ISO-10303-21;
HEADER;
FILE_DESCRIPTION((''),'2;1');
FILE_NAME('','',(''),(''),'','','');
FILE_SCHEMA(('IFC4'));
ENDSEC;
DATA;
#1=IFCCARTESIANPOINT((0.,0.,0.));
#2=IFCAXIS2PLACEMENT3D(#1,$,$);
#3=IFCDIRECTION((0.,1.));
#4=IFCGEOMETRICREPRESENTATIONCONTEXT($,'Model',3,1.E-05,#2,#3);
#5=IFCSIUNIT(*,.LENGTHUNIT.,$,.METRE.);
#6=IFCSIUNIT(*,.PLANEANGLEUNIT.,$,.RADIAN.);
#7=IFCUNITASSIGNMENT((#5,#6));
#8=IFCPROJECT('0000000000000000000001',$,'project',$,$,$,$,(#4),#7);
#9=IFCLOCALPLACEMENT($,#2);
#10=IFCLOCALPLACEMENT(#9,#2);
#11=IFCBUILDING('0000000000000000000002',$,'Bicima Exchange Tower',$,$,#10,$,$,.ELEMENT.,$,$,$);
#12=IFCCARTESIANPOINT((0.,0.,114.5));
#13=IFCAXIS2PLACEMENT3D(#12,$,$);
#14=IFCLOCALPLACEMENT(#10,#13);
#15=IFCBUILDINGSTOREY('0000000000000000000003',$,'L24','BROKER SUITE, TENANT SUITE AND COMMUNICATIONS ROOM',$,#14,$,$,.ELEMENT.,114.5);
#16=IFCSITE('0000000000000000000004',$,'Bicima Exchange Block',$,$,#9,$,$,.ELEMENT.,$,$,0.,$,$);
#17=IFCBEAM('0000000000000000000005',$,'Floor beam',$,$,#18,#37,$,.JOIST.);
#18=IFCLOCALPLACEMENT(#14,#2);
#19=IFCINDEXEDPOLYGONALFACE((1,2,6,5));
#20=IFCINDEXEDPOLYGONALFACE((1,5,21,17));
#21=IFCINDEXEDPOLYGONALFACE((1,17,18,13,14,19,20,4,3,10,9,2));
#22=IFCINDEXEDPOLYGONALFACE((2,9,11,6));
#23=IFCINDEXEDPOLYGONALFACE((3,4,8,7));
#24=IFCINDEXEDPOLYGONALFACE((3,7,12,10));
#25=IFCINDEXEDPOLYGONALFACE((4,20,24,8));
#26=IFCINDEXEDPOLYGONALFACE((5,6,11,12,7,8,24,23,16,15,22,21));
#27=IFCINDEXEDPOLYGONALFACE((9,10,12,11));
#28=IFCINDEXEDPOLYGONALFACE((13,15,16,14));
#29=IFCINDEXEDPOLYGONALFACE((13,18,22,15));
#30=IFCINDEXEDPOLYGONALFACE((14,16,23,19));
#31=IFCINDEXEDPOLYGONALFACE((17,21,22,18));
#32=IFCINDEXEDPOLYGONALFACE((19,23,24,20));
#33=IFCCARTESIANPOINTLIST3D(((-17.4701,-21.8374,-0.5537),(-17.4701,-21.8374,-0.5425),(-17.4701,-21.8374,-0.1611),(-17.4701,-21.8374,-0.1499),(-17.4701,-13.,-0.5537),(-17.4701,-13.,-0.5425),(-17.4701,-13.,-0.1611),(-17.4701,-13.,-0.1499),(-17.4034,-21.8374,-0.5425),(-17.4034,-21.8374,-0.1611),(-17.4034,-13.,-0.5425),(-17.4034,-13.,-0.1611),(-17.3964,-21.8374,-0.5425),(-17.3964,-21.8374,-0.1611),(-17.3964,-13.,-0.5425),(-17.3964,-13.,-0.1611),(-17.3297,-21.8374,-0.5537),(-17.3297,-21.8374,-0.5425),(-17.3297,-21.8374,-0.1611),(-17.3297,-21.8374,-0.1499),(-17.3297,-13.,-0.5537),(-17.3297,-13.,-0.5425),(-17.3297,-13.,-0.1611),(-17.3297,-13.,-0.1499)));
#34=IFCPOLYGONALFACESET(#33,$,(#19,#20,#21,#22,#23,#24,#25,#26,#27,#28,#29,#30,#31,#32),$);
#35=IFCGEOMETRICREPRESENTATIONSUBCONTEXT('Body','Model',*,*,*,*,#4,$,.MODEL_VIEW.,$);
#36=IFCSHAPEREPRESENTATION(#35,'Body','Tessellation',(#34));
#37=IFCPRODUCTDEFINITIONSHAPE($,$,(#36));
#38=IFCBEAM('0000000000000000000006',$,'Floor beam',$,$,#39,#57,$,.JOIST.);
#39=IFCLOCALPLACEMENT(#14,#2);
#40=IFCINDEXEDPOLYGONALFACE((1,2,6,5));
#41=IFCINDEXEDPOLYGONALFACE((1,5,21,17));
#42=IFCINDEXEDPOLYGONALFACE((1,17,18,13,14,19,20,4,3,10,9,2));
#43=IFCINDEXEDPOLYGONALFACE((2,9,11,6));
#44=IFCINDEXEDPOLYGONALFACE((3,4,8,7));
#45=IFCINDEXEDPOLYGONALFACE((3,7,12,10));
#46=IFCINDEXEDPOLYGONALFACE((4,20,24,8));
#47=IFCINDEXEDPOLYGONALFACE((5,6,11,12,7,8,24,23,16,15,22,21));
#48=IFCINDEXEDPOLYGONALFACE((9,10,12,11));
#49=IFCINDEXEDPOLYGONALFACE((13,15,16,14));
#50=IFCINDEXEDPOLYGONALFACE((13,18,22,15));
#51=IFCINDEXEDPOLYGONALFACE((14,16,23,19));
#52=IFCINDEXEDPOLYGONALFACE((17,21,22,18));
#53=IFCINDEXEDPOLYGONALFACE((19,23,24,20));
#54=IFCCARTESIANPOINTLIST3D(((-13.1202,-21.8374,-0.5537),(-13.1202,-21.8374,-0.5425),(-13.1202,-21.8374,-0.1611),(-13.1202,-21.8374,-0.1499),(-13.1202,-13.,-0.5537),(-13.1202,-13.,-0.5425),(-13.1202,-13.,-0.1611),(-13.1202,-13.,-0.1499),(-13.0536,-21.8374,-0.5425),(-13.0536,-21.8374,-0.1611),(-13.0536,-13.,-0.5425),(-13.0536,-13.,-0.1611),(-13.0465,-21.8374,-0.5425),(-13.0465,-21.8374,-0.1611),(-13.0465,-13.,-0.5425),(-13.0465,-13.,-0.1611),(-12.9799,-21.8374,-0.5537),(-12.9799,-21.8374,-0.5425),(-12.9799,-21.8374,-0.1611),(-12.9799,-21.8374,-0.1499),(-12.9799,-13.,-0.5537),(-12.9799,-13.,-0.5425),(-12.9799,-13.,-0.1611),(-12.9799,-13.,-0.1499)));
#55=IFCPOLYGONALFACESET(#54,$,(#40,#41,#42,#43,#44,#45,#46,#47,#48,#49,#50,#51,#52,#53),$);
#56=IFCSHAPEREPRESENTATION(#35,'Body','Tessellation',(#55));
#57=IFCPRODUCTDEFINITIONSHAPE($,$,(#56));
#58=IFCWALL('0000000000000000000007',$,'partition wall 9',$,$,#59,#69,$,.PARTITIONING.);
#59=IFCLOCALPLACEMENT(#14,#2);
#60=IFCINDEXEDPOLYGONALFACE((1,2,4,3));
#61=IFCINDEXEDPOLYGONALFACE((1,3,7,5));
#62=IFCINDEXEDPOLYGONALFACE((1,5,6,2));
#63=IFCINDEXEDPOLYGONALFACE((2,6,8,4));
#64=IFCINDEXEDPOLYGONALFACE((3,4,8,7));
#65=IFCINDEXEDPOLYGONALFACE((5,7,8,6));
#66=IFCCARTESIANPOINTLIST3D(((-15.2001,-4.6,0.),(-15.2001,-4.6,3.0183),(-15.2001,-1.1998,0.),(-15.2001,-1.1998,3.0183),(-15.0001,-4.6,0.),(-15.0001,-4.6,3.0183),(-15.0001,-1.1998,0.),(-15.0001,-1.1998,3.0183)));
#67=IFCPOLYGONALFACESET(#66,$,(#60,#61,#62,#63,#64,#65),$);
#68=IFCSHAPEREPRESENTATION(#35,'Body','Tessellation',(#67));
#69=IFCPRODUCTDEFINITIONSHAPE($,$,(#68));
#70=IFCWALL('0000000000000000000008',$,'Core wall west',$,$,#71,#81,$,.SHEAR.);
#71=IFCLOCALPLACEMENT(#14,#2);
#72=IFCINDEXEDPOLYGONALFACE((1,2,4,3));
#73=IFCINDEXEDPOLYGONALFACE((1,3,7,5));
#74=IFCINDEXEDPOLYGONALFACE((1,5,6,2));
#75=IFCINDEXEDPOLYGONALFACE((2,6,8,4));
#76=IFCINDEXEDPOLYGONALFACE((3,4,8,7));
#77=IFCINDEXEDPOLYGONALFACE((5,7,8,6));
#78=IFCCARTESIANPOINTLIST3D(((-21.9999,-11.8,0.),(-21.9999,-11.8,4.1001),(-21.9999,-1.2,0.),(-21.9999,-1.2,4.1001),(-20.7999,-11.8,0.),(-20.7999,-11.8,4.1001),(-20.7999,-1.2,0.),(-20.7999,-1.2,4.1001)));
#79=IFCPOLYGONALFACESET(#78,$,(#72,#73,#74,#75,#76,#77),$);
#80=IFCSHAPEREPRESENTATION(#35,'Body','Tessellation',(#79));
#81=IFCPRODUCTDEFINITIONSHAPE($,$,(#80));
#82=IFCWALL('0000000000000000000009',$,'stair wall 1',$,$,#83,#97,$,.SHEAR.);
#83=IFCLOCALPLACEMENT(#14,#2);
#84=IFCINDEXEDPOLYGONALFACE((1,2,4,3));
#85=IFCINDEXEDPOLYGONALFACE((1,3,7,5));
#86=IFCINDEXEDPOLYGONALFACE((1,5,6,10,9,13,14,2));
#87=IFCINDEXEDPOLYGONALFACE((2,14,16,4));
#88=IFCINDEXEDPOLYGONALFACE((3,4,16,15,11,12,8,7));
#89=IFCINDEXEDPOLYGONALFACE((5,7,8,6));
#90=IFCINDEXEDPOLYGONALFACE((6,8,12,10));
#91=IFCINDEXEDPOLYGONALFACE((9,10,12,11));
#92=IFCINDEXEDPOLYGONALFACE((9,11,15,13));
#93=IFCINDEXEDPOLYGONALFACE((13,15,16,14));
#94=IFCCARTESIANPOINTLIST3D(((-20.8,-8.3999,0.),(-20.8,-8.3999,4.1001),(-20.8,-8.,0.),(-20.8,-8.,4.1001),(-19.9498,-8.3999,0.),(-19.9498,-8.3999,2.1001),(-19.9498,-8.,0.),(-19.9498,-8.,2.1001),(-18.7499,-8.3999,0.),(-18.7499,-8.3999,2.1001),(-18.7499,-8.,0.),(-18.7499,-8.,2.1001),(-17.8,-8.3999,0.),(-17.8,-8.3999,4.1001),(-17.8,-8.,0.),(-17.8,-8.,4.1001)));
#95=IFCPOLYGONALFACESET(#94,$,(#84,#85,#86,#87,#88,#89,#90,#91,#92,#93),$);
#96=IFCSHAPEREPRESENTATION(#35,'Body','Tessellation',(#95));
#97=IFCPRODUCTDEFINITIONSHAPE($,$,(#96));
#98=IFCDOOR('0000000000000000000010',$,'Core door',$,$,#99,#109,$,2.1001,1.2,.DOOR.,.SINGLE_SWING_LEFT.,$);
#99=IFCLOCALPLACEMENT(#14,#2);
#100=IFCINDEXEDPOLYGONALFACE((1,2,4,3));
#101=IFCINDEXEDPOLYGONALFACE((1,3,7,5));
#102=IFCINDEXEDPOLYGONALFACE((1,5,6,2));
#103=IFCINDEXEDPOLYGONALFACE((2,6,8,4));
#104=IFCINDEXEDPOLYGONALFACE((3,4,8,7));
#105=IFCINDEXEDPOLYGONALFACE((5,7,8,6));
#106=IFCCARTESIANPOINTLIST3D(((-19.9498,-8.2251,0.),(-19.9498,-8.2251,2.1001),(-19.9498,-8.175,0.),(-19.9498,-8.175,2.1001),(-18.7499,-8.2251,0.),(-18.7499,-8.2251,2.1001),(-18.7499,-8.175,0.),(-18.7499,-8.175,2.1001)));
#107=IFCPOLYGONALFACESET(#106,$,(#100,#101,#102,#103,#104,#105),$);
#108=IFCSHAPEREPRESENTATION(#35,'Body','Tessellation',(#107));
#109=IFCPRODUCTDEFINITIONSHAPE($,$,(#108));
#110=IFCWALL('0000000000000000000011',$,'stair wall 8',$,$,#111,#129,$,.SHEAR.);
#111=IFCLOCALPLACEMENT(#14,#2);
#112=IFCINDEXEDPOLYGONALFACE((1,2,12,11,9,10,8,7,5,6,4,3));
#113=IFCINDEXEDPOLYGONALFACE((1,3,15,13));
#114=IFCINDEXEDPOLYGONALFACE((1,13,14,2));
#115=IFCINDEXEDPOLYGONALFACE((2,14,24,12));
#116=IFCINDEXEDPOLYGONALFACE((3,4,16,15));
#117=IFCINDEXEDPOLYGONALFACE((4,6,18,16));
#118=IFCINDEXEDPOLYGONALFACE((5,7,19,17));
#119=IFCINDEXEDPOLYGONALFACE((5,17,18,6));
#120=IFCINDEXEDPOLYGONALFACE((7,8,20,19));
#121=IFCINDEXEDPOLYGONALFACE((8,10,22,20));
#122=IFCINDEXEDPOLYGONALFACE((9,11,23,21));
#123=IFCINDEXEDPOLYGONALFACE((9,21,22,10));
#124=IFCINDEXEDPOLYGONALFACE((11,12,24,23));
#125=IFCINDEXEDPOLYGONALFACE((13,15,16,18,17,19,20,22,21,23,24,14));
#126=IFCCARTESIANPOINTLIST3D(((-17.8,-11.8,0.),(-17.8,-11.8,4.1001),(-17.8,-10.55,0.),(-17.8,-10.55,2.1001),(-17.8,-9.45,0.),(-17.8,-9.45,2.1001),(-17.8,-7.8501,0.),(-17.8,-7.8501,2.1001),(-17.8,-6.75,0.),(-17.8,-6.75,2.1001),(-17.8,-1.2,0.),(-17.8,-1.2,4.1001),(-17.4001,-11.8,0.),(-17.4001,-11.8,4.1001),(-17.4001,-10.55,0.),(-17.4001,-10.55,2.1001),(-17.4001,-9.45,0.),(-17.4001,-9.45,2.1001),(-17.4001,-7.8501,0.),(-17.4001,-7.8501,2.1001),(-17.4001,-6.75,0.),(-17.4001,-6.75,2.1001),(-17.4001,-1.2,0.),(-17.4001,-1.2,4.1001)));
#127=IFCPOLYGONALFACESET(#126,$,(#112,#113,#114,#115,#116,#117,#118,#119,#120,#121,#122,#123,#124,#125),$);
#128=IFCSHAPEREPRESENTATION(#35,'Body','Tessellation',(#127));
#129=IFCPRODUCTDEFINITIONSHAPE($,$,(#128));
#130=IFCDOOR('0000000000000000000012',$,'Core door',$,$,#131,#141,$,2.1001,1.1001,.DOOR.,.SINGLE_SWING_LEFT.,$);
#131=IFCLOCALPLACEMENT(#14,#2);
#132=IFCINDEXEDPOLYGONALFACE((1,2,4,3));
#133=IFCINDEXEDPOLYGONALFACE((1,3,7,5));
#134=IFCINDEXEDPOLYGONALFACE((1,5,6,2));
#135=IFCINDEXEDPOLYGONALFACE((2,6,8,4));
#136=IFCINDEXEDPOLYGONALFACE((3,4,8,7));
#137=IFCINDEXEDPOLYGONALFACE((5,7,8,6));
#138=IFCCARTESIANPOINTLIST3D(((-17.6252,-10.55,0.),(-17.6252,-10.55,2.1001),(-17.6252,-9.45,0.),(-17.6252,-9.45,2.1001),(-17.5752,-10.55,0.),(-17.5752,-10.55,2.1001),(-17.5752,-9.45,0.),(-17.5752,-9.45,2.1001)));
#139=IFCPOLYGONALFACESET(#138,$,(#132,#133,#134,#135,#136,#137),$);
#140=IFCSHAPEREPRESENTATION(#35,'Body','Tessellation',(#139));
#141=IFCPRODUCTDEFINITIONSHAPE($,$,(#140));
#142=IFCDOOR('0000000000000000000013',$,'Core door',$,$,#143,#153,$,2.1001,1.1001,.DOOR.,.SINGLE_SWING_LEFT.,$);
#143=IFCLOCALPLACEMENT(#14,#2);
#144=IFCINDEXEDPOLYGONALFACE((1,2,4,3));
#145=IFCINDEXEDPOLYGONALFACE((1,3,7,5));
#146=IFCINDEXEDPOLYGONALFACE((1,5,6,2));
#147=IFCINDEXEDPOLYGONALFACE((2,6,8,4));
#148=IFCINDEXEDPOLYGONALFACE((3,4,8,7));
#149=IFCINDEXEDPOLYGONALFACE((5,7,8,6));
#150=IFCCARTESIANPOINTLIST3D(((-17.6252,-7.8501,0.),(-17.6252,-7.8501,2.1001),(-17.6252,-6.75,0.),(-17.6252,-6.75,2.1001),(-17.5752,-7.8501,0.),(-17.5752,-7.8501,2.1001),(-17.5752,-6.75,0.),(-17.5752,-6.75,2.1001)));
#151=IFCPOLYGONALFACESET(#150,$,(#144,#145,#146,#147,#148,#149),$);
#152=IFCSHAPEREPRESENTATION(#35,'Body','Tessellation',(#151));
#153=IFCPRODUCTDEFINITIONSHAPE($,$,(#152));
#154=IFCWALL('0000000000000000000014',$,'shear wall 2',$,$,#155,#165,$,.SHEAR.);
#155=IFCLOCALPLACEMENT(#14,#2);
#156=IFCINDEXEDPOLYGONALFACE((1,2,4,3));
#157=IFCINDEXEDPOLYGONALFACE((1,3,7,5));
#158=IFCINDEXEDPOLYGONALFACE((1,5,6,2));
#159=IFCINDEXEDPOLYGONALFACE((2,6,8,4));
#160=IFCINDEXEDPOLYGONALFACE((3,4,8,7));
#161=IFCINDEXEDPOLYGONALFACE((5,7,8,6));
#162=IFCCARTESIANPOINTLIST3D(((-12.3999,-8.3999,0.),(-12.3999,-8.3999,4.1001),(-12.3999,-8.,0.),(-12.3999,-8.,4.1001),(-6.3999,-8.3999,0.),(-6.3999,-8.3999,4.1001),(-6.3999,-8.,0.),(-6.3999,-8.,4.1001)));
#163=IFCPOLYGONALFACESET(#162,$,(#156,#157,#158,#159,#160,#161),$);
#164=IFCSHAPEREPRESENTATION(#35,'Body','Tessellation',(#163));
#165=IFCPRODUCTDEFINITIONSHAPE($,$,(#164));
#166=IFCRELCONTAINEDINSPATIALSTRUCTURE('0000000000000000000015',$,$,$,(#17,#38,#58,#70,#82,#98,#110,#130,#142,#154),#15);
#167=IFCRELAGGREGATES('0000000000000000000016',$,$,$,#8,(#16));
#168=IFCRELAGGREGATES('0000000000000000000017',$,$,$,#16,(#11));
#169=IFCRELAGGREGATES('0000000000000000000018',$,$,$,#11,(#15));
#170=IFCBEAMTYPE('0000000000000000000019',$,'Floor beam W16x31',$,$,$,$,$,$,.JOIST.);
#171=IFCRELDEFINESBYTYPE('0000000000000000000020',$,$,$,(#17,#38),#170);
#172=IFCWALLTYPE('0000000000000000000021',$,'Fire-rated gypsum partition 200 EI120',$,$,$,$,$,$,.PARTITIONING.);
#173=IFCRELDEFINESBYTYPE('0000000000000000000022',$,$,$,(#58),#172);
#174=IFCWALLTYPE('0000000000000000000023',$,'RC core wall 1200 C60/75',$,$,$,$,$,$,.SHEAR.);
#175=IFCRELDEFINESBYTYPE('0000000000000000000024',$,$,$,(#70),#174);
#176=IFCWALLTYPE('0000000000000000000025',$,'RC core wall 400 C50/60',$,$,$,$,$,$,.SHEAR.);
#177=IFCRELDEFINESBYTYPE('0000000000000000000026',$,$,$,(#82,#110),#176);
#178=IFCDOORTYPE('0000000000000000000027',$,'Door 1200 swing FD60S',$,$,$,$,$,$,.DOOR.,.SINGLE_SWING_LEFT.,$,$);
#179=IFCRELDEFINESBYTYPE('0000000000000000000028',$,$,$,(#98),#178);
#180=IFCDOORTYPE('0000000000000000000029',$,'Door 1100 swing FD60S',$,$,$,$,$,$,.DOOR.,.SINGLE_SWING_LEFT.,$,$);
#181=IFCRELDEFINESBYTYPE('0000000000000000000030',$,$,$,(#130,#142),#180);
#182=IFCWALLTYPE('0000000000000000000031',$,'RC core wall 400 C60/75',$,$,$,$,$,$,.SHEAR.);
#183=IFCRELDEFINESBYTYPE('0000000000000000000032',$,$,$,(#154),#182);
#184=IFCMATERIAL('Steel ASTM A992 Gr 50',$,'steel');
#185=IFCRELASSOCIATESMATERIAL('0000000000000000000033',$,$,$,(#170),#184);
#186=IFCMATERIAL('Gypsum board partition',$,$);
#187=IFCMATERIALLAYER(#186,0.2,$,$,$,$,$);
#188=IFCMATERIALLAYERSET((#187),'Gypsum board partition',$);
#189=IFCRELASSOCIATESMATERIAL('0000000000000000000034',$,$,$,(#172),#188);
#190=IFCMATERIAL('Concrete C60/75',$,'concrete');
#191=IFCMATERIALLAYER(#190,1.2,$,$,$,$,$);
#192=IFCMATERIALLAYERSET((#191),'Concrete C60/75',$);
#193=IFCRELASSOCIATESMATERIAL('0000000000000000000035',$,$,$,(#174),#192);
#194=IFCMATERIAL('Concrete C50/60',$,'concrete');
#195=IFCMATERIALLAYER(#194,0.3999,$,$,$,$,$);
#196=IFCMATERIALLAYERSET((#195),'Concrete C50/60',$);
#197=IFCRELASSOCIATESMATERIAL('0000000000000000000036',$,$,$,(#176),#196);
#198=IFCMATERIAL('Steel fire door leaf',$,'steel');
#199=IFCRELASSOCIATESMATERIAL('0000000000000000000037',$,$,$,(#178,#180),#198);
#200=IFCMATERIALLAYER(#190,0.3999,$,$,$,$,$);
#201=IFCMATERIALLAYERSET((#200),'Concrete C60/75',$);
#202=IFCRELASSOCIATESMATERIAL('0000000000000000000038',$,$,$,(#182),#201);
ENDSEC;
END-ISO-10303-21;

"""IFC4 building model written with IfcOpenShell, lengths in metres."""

from ifc_helpers import new_model, si_unit, direction, frame, frame_2d, origin, origin_2d, place, context, subcontext, project, spatial, rectangle, i_section, extrude, material, layer, layer_set, material_profile, profile_set, type_object, element, fill, save


model = new_model("IFC4")

# Units and contexts
model_context = context("Model", 3, precision=1e-05, world=origin(), true_north=direction((0.0, 1.0)))
body_context = subcontext(model_context, "Body", "Model", "MODEL_VIEW")
ifc_project = project(units=[si_unit("LENGTHUNIT", "METRE"), si_unit("PLANEANGLEUNIT", "RADIAN")], contexts=[model_context])

# Site, building, storey
site_placement = place(None, origin())
site = spatial("IfcSite", under=ifc_project, at=site_placement, Name="Bicima Exchange Block", CompositionType="ELEMENT", RefElevation=0.0)
building_placement = place(site_placement, origin())
building = spatial("IfcBuilding", under=site, at=building_placement, Name="Bicima Exchange Tower", CompositionType="ELEMENT")
storey_placement = place(building_placement, frame((0.0, 0.0, 114.5)))
storey = spatial("IfcBuildingStorey", under=building, at=storey_placement, Name="L24", Description="BROKER SUITE, TENANT SUITE AND COMMUNICATIONS ROOM", CompositionType="ELEMENT", Elevation=114.5)

# Beams
ifc_material_1 = material(Name="Steel ASTM A992 Gr 50", Category="steel")
ifc_material_profile = material_profile(ifc_material_1, i_section(OverallWidth=0.1404, OverallDepth=0.4038, WebThickness=0.0071, FlangeThickness=0.0112, at=origin_2d()))
ifc_profile_set = profile_set([ifc_material_profile], Name="Steel ASTM A992 Gr 50")
beam_type = type_object("IfcBeamType", Name="Floor beam W16x31", PredefinedType="JOIST", material=ifc_profile_set)
for number, where, z_axis, x_axis, name in (
    (1, (-17.3999, -13.0, -0.3518), (0.0, -1.0, 0.0), (1.0, 0.0, 0.0), "Floor beam"),
    (2, (-13.05, -13.0, -0.3518), (0.0, -1.0, 0.0), (1.0, 0.0, 0.0), "Floor beam"),
):
    element("IfcBeam", number, at=place(storey_placement, frame(where, z_axis=z_axis, x_axis=x_axis)), inside=storey, type_object=beam_type, Name=name, PredefinedType="JOIST", context=body_context, shape_type="SweptSolid", body=[
        extrude(i_section(OverallWidth=0.1404, OverallDepth=0.4038, WebThickness=0.0071, FlangeThickness=0.0112, at=origin_2d()), origin(), (0.0, 0.0, 1.0), 8.8374),
    ])

# Walls
ifc_material_2 = material(Name="Gypsum board partition")
ifc_layer_1 = layer(ifc_material_2, 0.2)
ifc_layer_set_1 = layer_set([ifc_layer_1], Name="Gypsum board partition")
wall_type_1 = type_object("IfcWallType", Name="Fire-rated gypsum partition 200 EI120", PredefinedType="PARTITIONING", material=ifc_layer_set_1)
wall_1_placement = place(storey_placement, frame((-15.1001, -4.6001, 0.0), z_axis=(0.0, 0.0, 1.0), x_axis=(0.0, 1.0, 0.0)))
element("IfcWall", 3, at=wall_1_placement, inside=storey, type_object=wall_type_1, Name="partition wall 9", PredefinedType="PARTITIONING", context=body_context, shape_type="SweptSolid", body=[
    extrude(rectangle(XDim=3.4001, YDim=0.2, at=frame_2d((1.7002, 0.0))), origin(), (0.0, 0.0, 1.0), 3.0183),
])
ifc_material_3 = material(Name="Concrete C60/75", Category="concrete")
ifc_layer_2 = layer(ifc_material_3, 1.2)
ifc_layer_set_2 = layer_set([ifc_layer_2], Name="Concrete C60/75")
wall_type_2 = type_object("IfcWallType", Name="RC core wall 1200 C60/75", PredefinedType="SHEAR", material=ifc_layer_set_2)
wall_2_placement = place(storey_placement, frame((-21.3999, -11.8, 0.0), z_axis=(0.0, 0.0, 1.0), x_axis=(0.0, 1.0, 0.0)))
element("IfcWall", 4, at=wall_2_placement, inside=storey, type_object=wall_type_2, Name="Core wall west", PredefinedType="SHEAR", context=body_context, shape_type="SweptSolid", body=[
    extrude(rectangle(XDim=10.6001, YDim=1.2, at=frame_2d((5.3, 0.0))), origin(), (0.0, 0.0, 1.0), 4.1001),
])

# Wall, opening, door
ifc_material_4 = material(Name="Concrete C50/60", Category="concrete")
ifc_layer_3 = layer(ifc_material_4, 0.3999)
ifc_layer_set_3 = layer_set([ifc_layer_3], Name="Concrete C50/60")
wall_type_3 = type_object("IfcWallType", Name="RC core wall 400 C50/60", PredefinedType="SHEAR", material=ifc_layer_set_3)
wall_3_placement = place(storey_placement, frame((-20.8, -8.2, 0.0), z_axis=(0.0, 0.0, 1.0), x_axis=(1.0, 0.0, 0.0)))
wall_3 = element("IfcWall", 5, at=wall_3_placement, inside=storey, type_object=wall_type_3, Name="stair wall 1", PredefinedType="SHEAR", context=body_context, shape_type="SweptSolid", body=[
    extrude(rectangle(XDim=3.0, YDim=0.3999, at=frame_2d((1.5, 0.0))), origin(), (0.0, 0.0, 1.0), 4.1001),
])
opening_1_placement = place(wall_3_placement, frame((0.8501, 0.0, 0.0)))
opening_1 = element("IfcOpeningElement", 6, at=opening_1_placement, cuts=wall_3, PredefinedType="OPENING", context=body_context, shape_type="SweptSolid", body=[
    extrude(rectangle(XDim=1.2, YDim=2.1001, at=frame_2d((0.6001, 1.05))), frame((0.0, 0.2119, 0.0), z_axis=(0.0, -1.0, 0.0), x_axis=(1.0, 0.0, 0.0)), (0.0, 0.0, 1.0), 0.4238),
])
ifc_material_5 = material(Name="Steel fire door leaf", Category="steel")
door_type_1 = type_object("IfcDoorType", Name="Door 1200 swing FD60S", OperationType="SINGLE_SWING_LEFT", PredefinedType="DOOR", material=ifc_material_5)
door_1_placement = place(opening_1_placement, origin())
door_1 = element("IfcDoor", 7, at=door_1_placement, inside=storey, type_object=door_type_1, Name="Core door", OperationType="SINGLE_SWING_LEFT", OverallHeight=2.1001, OverallWidth=1.2, PredefinedType="DOOR", context=body_context, shape_type="SweptSolid", body=[
    extrude(rectangle(XDim=1.2, YDim=2.1001, at=frame_2d((0.6001, 1.05))), frame((0.0, 0.0249, 0.0), z_axis=(0.0, -1.0, 0.0), x_axis=(1.0, 0.0, 0.0)), (0.0, 0.0, 1.0), 0.05),
])
fill(opening_1, door_1)

# Wall, openings, doors
wall_4_placement = place(storey_placement, frame((-17.6001, -11.8, 0.0), z_axis=(0.0, 0.0, 1.0), x_axis=(0.0, 1.0, 0.0)))
wall_4 = element("IfcWall", 8, at=wall_4_placement, inside=storey, type_object=wall_type_3, Name="stair wall 8", PredefinedType="SHEAR", context=body_context, shape_type="SweptSolid", body=[
    extrude(rectangle(XDim=10.6001, YDim=0.3999, at=frame_2d((5.3, 0.0))), origin(), (0.0, 0.0, 1.0), 4.1001),
])
opening_2_placement = place(wall_4_placement, frame((1.25, 0.0, 0.0)))
opening_2 = element("IfcOpeningElement", 9, at=opening_2_placement, cuts=wall_4, PredefinedType="OPENING", context=body_context, shape_type="SweptSolid", body=[
    extrude(rectangle(XDim=1.1001, YDim=2.1001, at=frame_2d((0.55, 1.05))), frame((0.0, 0.2119, 0.0), z_axis=(0.0, -1.0, 0.0), x_axis=(1.0, 0.0, 0.0)), (0.0, 0.0, 1.0), 0.4238),
])
opening_3_placement = place(wall_4_placement, frame((3.95, 0.0, 0.0)))
opening_3 = element("IfcOpeningElement", 10, at=opening_3_placement, cuts=wall_4, PredefinedType="OPENING", context=body_context, shape_type="SweptSolid", body=[
    extrude(rectangle(XDim=1.1001, YDim=2.1001, at=frame_2d((0.55, 1.05))), frame((0.0, 0.2119, 0.0), z_axis=(0.0, -1.0, 0.0), x_axis=(1.0, 0.0, 0.0)), (0.0, 0.0, 1.0), 0.4238),
])
door_type_2 = type_object("IfcDoorType", Name="Door 1100 swing FD60S", OperationType="SINGLE_SWING_LEFT", PredefinedType="DOOR", material=ifc_material_5)
door_2_placement = place(opening_2_placement, frame((1.1001, 0.0, 0.0), z_axis=(0.0, 0.0, 1.0), x_axis=(-1.0, 0.0, 0.0)))
door_2 = element("IfcDoor", 11, at=door_2_placement, inside=storey, type_object=door_type_2, Name="Core door", OperationType="SINGLE_SWING_LEFT", OverallHeight=2.1001, OverallWidth=1.1001, PredefinedType="DOOR", context=body_context, shape_type="SweptSolid", body=[
    extrude(rectangle(XDim=1.1001, YDim=2.1001, at=frame_2d((0.55, 1.05))), frame((0.0, 0.0249, 0.0), z_axis=(0.0, -1.0, 0.0), x_axis=(1.0, 0.0, 0.0)), (0.0, 0.0, 1.0), 0.05),
])
fill(opening_2, door_2)
door_3_placement = place(opening_3_placement, frame((1.1001, 0.0, 0.0), z_axis=(0.0, 0.0, 1.0), x_axis=(-1.0, 0.0, 0.0)))
door_3 = element("IfcDoor", 12, at=door_3_placement, inside=storey, type_object=door_type_2, Name="Core door", OperationType="SINGLE_SWING_LEFT", OverallHeight=2.1001, OverallWidth=1.1001, PredefinedType="DOOR", context=body_context, shape_type="SweptSolid", body=[
    extrude(rectangle(XDim=1.1001, YDim=2.1001, at=frame_2d((0.55, 1.05))), frame((0.0, 0.0249, 0.0), z_axis=(0.0, -1.0, 0.0), x_axis=(1.0, 0.0, 0.0)), (0.0, 0.0, 1.0), 0.05),
])
fill(opening_3, door_3)

# Wall
ifc_layer_4 = layer(ifc_material_3, 0.3999)
ifc_layer_set_4 = layer_set([ifc_layer_4], Name="Concrete C60/75")
wall_type_4 = type_object("IfcWallType", Name="RC core wall 400 C60/75", PredefinedType="SHEAR", material=ifc_layer_set_4)
wall_5_placement = place(storey_placement, frame((-12.3999, -8.2, 0.0), z_axis=(0.0, 0.0, 1.0), x_axis=(1.0, 0.0, 0.0)))
element("IfcWall", 13, at=wall_5_placement, inside=storey, type_object=wall_type_4, Name="shear wall 2", PredefinedType="SHEAR", context=body_context, shape_type="SweptSolid", body=[
    extrude(rectangle(XDim=6.0, YDim=0.3999, at=frame_2d((3.0, 0.0))), origin(), (0.0, 0.0, 1.0), 4.1001),
])

save(model, "model.ifc")
